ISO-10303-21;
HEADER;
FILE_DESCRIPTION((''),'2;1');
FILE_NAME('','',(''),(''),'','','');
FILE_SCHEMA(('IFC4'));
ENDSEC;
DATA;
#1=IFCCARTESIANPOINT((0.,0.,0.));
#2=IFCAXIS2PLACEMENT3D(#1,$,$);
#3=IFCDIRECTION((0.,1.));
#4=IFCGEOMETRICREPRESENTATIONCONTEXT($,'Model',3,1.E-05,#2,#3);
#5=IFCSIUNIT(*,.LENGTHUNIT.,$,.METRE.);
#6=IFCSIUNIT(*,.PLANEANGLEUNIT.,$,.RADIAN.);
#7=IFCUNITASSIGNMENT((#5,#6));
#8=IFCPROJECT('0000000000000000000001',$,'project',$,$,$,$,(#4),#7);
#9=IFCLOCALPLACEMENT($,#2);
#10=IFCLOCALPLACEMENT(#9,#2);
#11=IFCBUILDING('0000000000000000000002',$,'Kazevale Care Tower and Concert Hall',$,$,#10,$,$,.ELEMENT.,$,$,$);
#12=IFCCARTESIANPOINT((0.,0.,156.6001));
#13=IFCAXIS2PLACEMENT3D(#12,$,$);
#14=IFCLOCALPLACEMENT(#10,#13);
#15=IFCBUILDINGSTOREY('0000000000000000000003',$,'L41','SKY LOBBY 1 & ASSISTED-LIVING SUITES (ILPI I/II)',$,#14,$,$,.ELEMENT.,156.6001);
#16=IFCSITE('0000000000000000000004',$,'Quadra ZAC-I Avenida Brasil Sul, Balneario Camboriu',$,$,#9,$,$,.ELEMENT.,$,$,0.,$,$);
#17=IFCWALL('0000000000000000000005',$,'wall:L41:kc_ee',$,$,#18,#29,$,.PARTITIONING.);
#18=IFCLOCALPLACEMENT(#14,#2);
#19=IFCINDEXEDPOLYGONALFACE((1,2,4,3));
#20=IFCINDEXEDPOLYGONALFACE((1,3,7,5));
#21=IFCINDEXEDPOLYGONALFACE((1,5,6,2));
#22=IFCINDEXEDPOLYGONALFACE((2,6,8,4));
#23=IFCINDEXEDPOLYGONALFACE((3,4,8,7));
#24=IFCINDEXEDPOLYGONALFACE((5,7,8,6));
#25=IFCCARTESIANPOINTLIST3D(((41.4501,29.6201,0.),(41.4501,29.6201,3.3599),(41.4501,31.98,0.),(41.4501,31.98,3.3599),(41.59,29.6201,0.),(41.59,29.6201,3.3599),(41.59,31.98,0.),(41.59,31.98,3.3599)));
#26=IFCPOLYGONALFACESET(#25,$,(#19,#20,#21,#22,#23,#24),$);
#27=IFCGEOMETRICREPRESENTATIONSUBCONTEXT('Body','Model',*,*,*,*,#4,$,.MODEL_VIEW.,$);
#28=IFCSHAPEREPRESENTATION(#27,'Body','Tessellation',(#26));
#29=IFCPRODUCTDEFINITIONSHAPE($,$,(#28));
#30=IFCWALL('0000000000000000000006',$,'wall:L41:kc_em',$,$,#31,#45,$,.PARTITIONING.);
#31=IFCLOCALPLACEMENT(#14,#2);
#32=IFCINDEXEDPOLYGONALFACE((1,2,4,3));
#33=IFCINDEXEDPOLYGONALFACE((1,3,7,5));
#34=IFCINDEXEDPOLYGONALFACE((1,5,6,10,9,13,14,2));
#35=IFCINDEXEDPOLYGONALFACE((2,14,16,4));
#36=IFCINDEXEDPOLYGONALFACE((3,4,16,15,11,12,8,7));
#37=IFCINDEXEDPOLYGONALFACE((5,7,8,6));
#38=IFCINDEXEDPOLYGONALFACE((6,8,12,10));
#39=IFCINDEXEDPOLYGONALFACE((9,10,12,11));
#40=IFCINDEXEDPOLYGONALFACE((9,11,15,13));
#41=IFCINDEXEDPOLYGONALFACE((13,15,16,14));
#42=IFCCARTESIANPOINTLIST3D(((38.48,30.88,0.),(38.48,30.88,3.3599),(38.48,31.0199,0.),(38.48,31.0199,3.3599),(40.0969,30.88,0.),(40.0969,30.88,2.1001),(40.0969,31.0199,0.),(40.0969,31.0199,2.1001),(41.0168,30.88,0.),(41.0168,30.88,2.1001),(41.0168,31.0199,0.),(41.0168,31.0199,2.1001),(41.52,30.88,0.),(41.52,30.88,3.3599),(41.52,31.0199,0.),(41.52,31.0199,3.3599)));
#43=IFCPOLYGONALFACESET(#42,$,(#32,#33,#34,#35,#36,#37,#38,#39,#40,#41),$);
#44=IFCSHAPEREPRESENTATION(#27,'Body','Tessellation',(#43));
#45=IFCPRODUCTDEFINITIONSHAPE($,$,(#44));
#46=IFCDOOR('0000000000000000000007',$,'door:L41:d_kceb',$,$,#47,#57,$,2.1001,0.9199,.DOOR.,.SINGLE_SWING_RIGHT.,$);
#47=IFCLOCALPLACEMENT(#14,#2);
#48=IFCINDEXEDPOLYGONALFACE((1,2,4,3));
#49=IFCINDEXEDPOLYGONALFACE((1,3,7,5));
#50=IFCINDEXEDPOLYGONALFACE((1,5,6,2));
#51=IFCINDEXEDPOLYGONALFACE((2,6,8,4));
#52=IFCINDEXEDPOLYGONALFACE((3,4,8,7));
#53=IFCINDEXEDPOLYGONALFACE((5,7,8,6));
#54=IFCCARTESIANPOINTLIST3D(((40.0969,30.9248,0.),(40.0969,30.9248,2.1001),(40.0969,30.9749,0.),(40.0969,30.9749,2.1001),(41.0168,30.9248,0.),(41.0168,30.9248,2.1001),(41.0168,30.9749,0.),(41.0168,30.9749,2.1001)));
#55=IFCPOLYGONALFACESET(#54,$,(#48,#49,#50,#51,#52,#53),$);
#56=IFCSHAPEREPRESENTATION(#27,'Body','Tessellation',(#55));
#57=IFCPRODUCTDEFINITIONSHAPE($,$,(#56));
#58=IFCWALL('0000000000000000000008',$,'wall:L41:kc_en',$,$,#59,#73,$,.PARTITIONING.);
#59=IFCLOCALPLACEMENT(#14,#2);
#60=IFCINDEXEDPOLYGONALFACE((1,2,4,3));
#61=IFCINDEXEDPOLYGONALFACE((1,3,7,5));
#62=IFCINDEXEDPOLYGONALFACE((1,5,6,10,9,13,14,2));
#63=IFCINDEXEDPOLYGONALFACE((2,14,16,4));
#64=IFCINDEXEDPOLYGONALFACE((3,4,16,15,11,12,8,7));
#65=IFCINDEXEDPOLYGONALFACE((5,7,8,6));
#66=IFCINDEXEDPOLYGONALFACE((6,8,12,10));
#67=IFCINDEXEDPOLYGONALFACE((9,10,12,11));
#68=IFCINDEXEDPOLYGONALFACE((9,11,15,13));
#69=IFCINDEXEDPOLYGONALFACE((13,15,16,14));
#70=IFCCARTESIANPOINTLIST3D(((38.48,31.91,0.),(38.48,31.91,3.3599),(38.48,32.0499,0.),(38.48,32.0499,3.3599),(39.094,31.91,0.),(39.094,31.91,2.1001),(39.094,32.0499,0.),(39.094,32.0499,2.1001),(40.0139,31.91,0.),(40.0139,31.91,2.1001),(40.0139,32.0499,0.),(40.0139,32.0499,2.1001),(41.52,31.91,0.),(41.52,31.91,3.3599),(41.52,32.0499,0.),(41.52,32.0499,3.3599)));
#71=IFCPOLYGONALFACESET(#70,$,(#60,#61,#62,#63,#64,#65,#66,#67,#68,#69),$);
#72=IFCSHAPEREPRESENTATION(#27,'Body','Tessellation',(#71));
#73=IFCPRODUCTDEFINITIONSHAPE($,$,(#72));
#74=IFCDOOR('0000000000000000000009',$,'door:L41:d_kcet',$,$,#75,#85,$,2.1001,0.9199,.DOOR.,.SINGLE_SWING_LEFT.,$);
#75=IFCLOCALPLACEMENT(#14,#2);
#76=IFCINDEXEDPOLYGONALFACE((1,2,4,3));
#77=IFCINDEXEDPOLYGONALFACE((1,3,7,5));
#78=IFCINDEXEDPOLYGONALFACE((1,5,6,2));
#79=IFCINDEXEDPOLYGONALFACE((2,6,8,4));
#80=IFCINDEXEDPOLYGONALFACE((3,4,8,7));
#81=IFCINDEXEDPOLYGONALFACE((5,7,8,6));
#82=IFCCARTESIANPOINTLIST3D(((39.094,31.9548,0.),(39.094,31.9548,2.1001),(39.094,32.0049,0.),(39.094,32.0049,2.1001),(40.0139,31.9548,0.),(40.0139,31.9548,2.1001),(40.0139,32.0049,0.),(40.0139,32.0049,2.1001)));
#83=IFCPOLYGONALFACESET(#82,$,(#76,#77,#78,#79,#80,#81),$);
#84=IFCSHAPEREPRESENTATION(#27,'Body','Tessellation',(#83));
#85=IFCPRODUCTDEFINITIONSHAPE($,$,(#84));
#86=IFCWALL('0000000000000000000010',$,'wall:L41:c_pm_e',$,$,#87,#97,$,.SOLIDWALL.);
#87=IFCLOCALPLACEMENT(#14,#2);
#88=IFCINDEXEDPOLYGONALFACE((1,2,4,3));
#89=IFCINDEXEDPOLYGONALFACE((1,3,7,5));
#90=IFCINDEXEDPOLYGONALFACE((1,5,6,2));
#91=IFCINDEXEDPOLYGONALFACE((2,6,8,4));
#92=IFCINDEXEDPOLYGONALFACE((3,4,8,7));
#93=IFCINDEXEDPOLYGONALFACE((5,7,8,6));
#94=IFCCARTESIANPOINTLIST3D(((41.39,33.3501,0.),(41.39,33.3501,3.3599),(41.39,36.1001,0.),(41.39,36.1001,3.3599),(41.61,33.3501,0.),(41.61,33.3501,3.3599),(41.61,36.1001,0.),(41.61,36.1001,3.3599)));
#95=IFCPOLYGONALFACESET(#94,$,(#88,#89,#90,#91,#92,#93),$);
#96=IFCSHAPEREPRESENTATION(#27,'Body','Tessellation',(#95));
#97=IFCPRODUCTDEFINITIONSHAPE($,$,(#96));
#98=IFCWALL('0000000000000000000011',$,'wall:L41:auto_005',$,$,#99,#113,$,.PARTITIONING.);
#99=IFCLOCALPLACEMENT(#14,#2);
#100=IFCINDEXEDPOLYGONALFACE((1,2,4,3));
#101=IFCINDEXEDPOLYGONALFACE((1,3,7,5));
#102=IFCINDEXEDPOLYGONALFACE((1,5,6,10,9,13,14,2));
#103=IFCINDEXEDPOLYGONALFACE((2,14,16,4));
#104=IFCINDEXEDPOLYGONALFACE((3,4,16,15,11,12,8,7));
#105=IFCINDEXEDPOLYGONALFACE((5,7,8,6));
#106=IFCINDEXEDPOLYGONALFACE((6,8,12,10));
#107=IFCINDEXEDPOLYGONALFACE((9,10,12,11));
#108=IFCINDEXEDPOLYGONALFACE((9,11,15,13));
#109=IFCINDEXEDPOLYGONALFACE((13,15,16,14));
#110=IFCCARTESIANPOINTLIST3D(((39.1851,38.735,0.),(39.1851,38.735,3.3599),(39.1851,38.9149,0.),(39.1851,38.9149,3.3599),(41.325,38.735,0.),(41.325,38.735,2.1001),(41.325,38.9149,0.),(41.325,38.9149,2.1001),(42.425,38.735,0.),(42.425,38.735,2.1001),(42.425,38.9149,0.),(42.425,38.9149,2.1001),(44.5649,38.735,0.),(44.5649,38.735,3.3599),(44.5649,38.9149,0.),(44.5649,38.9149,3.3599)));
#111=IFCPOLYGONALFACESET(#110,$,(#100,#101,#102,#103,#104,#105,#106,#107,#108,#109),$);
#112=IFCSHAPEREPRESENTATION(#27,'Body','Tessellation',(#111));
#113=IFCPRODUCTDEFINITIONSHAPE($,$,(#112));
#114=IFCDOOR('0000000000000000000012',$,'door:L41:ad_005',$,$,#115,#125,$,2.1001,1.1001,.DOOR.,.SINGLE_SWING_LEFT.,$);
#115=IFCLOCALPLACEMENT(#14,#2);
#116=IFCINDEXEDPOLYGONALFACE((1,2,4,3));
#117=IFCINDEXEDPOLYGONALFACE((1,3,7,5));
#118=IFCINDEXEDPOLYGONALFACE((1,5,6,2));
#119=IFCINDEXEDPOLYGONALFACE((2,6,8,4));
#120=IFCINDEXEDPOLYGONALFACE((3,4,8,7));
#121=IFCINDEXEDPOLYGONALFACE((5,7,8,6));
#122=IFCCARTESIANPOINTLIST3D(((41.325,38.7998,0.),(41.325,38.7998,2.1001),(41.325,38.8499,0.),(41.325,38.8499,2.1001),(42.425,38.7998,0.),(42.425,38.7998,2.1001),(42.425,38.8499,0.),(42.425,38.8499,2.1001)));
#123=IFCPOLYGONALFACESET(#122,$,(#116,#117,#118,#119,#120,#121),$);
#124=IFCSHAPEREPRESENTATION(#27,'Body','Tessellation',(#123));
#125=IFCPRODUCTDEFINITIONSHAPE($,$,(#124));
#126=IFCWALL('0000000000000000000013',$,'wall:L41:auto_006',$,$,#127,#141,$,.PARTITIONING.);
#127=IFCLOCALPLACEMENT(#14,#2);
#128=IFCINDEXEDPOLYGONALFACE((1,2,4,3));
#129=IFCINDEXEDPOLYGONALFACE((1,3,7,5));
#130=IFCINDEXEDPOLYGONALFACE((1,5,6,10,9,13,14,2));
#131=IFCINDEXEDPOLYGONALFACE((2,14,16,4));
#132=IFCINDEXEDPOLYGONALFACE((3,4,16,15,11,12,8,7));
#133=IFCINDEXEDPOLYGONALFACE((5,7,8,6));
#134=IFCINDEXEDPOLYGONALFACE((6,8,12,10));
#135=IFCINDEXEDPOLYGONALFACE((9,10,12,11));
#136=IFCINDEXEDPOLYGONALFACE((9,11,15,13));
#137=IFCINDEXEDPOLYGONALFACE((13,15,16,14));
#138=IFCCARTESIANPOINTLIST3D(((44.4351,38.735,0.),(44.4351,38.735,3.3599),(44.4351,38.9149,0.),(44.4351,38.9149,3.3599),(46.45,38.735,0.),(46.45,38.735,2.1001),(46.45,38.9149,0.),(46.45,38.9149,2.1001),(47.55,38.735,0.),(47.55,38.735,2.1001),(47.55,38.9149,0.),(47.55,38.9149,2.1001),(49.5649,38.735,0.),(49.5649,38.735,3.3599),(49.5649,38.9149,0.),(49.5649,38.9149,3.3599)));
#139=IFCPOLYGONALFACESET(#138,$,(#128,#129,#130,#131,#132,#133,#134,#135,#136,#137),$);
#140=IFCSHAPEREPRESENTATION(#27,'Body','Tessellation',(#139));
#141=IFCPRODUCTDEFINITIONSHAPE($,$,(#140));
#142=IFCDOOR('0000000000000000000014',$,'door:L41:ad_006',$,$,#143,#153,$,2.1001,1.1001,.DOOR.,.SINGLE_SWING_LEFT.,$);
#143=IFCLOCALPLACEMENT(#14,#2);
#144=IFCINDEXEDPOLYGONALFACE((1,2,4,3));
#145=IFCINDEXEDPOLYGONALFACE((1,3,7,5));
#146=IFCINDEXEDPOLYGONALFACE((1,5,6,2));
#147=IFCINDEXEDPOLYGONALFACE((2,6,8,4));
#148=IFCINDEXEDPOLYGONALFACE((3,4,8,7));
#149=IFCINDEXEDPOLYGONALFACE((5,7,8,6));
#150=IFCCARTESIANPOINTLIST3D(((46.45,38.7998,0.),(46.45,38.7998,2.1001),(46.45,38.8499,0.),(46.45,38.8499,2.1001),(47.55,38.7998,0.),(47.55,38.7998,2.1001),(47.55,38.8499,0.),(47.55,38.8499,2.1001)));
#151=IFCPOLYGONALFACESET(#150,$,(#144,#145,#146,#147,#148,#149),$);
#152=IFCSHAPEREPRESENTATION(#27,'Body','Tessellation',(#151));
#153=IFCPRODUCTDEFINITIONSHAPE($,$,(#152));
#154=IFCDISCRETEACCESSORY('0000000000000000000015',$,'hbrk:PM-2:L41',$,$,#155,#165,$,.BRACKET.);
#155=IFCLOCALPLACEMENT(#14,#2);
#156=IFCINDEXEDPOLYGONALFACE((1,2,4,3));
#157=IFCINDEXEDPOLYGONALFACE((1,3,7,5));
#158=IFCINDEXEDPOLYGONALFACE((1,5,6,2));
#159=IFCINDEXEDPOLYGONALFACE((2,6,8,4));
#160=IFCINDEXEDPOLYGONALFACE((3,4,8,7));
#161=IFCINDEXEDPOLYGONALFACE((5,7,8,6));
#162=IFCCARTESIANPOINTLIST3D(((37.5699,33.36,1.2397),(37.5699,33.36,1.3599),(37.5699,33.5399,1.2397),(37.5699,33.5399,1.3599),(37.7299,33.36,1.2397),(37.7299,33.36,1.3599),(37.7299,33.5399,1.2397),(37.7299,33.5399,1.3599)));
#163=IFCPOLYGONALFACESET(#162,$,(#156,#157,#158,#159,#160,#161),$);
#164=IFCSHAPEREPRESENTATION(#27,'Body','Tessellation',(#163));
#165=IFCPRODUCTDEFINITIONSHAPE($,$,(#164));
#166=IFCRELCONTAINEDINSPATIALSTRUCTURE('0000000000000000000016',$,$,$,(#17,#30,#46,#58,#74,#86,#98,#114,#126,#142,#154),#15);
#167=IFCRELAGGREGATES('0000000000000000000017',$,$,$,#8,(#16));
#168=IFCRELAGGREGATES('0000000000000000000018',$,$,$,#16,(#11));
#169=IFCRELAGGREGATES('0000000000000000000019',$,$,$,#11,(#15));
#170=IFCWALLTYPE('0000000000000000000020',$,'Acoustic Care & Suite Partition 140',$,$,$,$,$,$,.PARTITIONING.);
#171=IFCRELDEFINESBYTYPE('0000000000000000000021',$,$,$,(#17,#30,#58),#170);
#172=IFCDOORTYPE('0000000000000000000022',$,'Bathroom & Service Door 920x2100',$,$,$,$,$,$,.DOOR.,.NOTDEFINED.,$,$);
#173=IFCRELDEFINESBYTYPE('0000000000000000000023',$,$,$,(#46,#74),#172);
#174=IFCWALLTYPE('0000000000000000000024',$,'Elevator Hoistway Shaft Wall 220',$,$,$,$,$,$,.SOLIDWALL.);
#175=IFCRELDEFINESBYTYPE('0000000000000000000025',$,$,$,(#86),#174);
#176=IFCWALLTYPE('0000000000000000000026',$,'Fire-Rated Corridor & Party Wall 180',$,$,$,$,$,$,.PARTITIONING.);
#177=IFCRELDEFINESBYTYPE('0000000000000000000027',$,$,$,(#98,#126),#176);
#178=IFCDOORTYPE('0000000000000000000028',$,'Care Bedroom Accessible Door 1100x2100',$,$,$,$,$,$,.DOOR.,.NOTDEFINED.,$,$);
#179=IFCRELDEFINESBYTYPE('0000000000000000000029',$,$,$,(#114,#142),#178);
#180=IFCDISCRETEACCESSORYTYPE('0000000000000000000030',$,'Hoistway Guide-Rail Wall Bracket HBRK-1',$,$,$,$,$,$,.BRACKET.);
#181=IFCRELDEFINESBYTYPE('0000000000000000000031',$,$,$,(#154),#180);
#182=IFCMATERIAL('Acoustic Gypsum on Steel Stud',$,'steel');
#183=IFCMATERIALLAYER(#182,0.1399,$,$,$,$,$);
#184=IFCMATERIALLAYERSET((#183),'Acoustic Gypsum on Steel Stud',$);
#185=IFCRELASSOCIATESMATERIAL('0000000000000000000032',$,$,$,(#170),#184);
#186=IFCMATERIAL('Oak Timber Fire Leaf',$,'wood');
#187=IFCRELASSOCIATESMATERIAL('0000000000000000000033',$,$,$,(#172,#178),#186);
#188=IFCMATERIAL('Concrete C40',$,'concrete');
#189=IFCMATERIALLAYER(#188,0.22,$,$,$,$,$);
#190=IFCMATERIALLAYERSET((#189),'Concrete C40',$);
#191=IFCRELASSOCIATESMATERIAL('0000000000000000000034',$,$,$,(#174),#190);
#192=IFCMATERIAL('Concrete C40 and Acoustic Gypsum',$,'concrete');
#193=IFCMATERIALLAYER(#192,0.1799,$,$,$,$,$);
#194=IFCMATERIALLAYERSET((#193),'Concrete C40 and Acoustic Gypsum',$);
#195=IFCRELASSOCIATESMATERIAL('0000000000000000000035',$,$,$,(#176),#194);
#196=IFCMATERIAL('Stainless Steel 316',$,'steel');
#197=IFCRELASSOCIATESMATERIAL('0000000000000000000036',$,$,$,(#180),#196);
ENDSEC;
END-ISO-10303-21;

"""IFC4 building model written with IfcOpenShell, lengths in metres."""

from ifc_helpers import new_model, si_unit, direction, frame, frame_2d, origin, origin_2d, place, context, subcontext, project, spatial, rectangle, extrude, material, layer, layer_set, type_object, element, fill, save


model = new_model("IFC4")

# Units and contexts
model_context = context("Model", 3, precision=1e-05, world=origin(), true_north=direction((0.0, 1.0)))
body_context = subcontext(model_context, "Body", "Model", "MODEL_VIEW")
ifc_project = project(units=[si_unit("LENGTHUNIT", "METRE"), si_unit("PLANEANGLEUNIT", "RADIAN")], contexts=[model_context])

# Site, building, storey
site_placement = place(None, origin())
site = spatial("IfcSite", under=ifc_project, at=site_placement, Name="Quadra ZAC-I Avenida Brasil Sul, Balneario Camboriu", CompositionType="ELEMENT", RefElevation=0.0)
building_placement = place(site_placement, origin())
building = spatial("IfcBuilding", under=site, at=building_placement, Name="Kazevale Care Tower and Concert Hall", CompositionType="ELEMENT")
storey_placement = place(building_placement, frame((0.0, 0.0, 156.6001)))
storey = spatial("IfcBuildingStorey", under=building, at=storey_placement, Name="L41", Description="SKY LOBBY 1 & ASSISTED-LIVING SUITES (ILPI I/II)", CompositionType="ELEMENT", Elevation=156.6001)

# Wall
ifc_material_1 = material(Name="Acoustic Gypsum on Steel Stud", Category="steel")
ifc_layer_1 = layer(ifc_material_1, 0.1399)
ifc_layer_set_1 = layer_set([ifc_layer_1], Name="Acoustic Gypsum on Steel Stud")
wall_type_1 = type_object("IfcWallType", Name="Acoustic Care & Suite Partition 140", PredefinedType="PARTITIONING", material=ifc_layer_set_1)
for number, where, z_axis, x_axis, name in (
    (1, (41.52, 29.6201, 0.0), (0.0, 0.0, 1.0), (0.0, 1.0, 0.0), "wall:L41:kc_ee"),
):
    element("IfcWall", number, at=place(storey_placement, frame(where, z_axis=z_axis, x_axis=x_axis)), inside=storey, type_object=wall_type_1, Name=name, PredefinedType="PARTITIONING", context=body_context, shape_type="SweptSolid", body=[
        extrude(rectangle(XDim=2.3599, YDim=0.1399, at=frame_2d((1.1799, 0.0))), origin(), (0.0, 0.0, 1.0), 3.3599),
    ])

# Walls, openings, doors
wall_1_placement = place(storey_placement, frame((38.48, 30.95, 0.0), z_axis=(0.0, 0.0, 1.0), x_axis=(1.0, 0.0, 0.0)))
wall_1 = element("IfcWall", 2, at=wall_1_placement, inside=storey, type_object=wall_type_1, Name="wall:L41:kc_em", PredefinedType="PARTITIONING", context=body_context, shape_type="SweptSolid", body=[
    extrude(rectangle(XDim=3.04, YDim=0.1399, at=frame_2d((1.52, 0.0))), origin(), (0.0, 0.0, 1.0), 3.3599),
])
opening_1_placement = place(wall_1_placement, frame((1.6169, 0.0, 0.0)))
opening_1 = element("IfcOpeningElement", 3, at=opening_1_placement, cuts=wall_1, PredefinedType="OPENING", context=body_context, shape_type="SweptSolid", body=[
    extrude(rectangle(XDim=0.9199, YDim=2.1001, at=frame_2d((0.46, 1.05))), frame((0.0, 0.0798, 0.0), z_axis=(0.0, -1.0, 0.0), x_axis=(1.0, 0.0, 0.0)), (0.0, 0.0, 1.0), 0.1599),
])
ifc_material_2 = material(Name="Oak Timber Fire Leaf", Category="wood")
door_type_1 = type_object("IfcDoorType", Name="Bathroom & Service Door 920x2100", OperationType="NOTDEFINED", PredefinedType="DOOR", material=ifc_material_2)
door_1_placement = place(opening_1_placement, origin())
door_1 = element("IfcDoor", 4, at=door_1_placement, inside=storey, type_object=door_type_1, Name="door:L41:d_kceb", OperationType="SINGLE_SWING_RIGHT", OverallHeight=2.1001, OverallWidth=0.9199, PredefinedType="DOOR", context=body_context, shape_type="SweptSolid", body=[
    extrude(rectangle(XDim=0.9199, YDim=2.1001, at=frame_2d((0.46, 1.05))), frame((0.0, 0.0249, 0.0), z_axis=(0.0, -1.0, 0.0), x_axis=(1.0, 0.0, 0.0)), (0.0, 0.0, 1.0), 0.05),
])
fill(opening_1, door_1)
wall_2_placement = place(storey_placement, frame((38.48, 31.98, 0.0), z_axis=(0.0, 0.0, 1.0), x_axis=(1.0, 0.0, 0.0)))
wall_2 = element("IfcWall", 5, at=wall_2_placement, inside=storey, type_object=wall_type_1, Name="wall:L41:kc_en", PredefinedType="PARTITIONING", context=body_context, shape_type="SweptSolid", body=[
    extrude(rectangle(XDim=3.04, YDim=0.1399, at=frame_2d((1.52, 0.0))), origin(), (0.0, 0.0, 1.0), 3.3599),
])
opening_2_placement = place(wall_2_placement, frame((0.614, 0.0, 0.0)))
opening_2 = element("IfcOpeningElement", 6, at=opening_2_placement, cuts=wall_2, PredefinedType="OPENING", context=body_context, shape_type="SweptSolid", body=[
    extrude(rectangle(XDim=0.9199, YDim=2.1001, at=frame_2d((0.46, 1.05))), frame((0.0, 0.0798, 0.0), z_axis=(0.0, -1.0, 0.0), x_axis=(1.0, 0.0, 0.0)), (0.0, 0.0, 1.0), 0.1599),
])
door_2_placement = place(opening_2_placement, origin())
door_2 = element("IfcDoor", 7, at=door_2_placement, inside=storey, type_object=door_type_1, Name="door:L41:d_kcet", OperationType="SINGLE_SWING_LEFT", OverallHeight=2.1001, OverallWidth=0.9199, PredefinedType="DOOR", context=body_context, shape_type="SweptSolid", body=[
    extrude(rectangle(XDim=0.9199, YDim=2.1001, at=frame_2d((0.46, 1.05))), frame((0.0, 0.0249, 0.0), z_axis=(0.0, -1.0, 0.0), x_axis=(1.0, 0.0, 0.0)), (0.0, 0.0, 1.0), 0.05),
])
fill(opening_2, door_2)

# Wall
ifc_material_3 = material(Name="Concrete C40", Category="concrete")
ifc_layer_2 = layer(ifc_material_3, 0.22)
ifc_layer_set_2 = layer_set([ifc_layer_2], Name="Concrete C40")
wall_type_2 = type_object("IfcWallType", Name="Elevator Hoistway Shaft Wall 220", PredefinedType="SOLIDWALL", material=ifc_layer_set_2)
wall_3_placement = place(storey_placement, frame((41.5, 33.3501, 0.0), z_axis=(0.0, 0.0, 1.0), x_axis=(0.0, 1.0, 0.0)))
element("IfcWall", 8, at=wall_3_placement, inside=storey, type_object=wall_type_2, Name="wall:L41:c_pm_e", PredefinedType="SOLIDWALL", context=body_context, shape_type="SweptSolid", body=[
    extrude(rectangle(XDim=2.75, YDim=0.22, at=frame_2d((1.375, 0.0))), origin(), (0.0, 0.0, 1.0), 3.3599),
])

# Walls, openings, doors
ifc_material_4 = material(Name="Concrete C40 and Acoustic Gypsum", Category="concrete")
ifc_layer_3 = layer(ifc_material_4, 0.1799)
ifc_layer_set_3 = layer_set([ifc_layer_3], Name="Concrete C40 and Acoustic Gypsum")
wall_type_3 = type_object("IfcWallType", Name="Fire-Rated Corridor & Party Wall 180", PredefinedType="PARTITIONING", material=ifc_layer_set_3)
wall_4_placement = place(storey_placement, frame((39.1851, 38.825, 0.0), z_axis=(0.0, 0.0, 1.0), x_axis=(1.0, 0.0, 0.0)))
wall_4 = element("IfcWall", 9, at=wall_4_placement, inside=storey, type_object=wall_type_3, Name="wall:L41:auto_005", PredefinedType="PARTITIONING", context=body_context, shape_type="SweptSolid", body=[
    extrude(rectangle(XDim=5.3799, YDim=0.1799, at=frame_2d((2.6899, 0.0))), origin(), (0.0, 0.0, 1.0), 3.3599),
])
opening_3_placement = place(wall_4_placement, frame((2.1399, 0.0, 0.0)))
opening_3 = element("IfcOpeningElement", 10, at=opening_3_placement, cuts=wall_4, PredefinedType="OPENING", context=body_context, shape_type="SweptSolid", body=[
    extrude(rectangle(XDim=1.1001, YDim=2.1001, at=frame_2d((0.55, 1.05))), frame((0.0, 0.0999, 0.0), z_axis=(0.0, -1.0, 0.0), x_axis=(1.0, 0.0, 0.0)), (0.0, 0.0, 1.0), 0.2),
])
door_type_2 = type_object("IfcDoorType", Name="Care Bedroom Accessible Door 1100x2100", OperationType="NOTDEFINED", PredefinedType="DOOR", material=ifc_material_2)
door_3_placement = place(opening_3_placement, origin())
door_3 = element("IfcDoor", 11, at=door_3_placement, inside=storey, type_object=door_type_2, Name="door:L41:ad_005", OperationType="SINGLE_SWING_LEFT", OverallHeight=2.1001, OverallWidth=1.1001, PredefinedType="DOOR", context=body_context, shape_type="SweptSolid", body=[
    extrude(rectangle(XDim=1.1001, YDim=2.1001, at=frame_2d((0.55, 1.05))), frame((0.0, 0.0249, 0.0), z_axis=(0.0, -1.0, 0.0), x_axis=(1.0, 0.0, 0.0)), (0.0, 0.0, 1.0), 0.05),
])
fill(opening_3, door_3)
wall_5_placement = place(storey_placement, frame((44.4351, 38.825, 0.0), z_axis=(0.0, 0.0, 1.0), x_axis=(1.0, 0.0, 0.0)))
wall_5 = element("IfcWall", 12, at=wall_5_placement, inside=storey, type_object=wall_type_3, Name="wall:L41:auto_006", PredefinedType="PARTITIONING", context=body_context, shape_type="SweptSolid", body=[
    extrude(rectangle(XDim=5.1299, YDim=0.1799, at=frame_2d((2.5649, 0.0))), origin(), (0.0, 0.0, 1.0), 3.3599),
])
opening_4_placement = place(wall_5_placement, frame((2.0149, 0.0, 0.0)))
opening_4 = element("IfcOpeningElement", 13, at=opening_4_placement, cuts=wall_5, PredefinedType="OPENING", context=body_context, shape_type="SweptSolid", body=[
    extrude(rectangle(XDim=1.1001, YDim=2.1001, at=frame_2d((0.55, 1.05))), frame((0.0, 0.0999, 0.0), z_axis=(0.0, -1.0, 0.0), x_axis=(1.0, 0.0, 0.0)), (0.0, 0.0, 1.0), 0.2),
])
door_4_placement = place(opening_4_placement, origin())
door_4 = element("IfcDoor", 14, at=door_4_placement, inside=storey, type_object=door_type_2, Name="door:L41:ad_006", OperationType="SINGLE_SWING_LEFT", OverallHeight=2.1001, OverallWidth=1.1001, PredefinedType="DOOR", context=body_context, shape_type="SweptSolid", body=[
    extrude(rectangle(XDim=1.1001, YDim=2.1001, at=frame_2d((0.55, 1.05))), frame((0.0, 0.0249, 0.0), z_axis=(0.0, -1.0, 0.0), x_axis=(1.0, 0.0, 0.0)), (0.0, 0.0, 1.0), 0.05),
])
fill(opening_4, door_4)

# Discrete accessory
ifc_material_5 = material(Name="Stainless Steel 316", Category="steel")
discrete_accessory_type = type_object("IfcDiscreteAccessoryType", Name="Hoistway Guide-Rail Wall Bracket HBRK-1", PredefinedType="BRACKET", material=ifc_material_5)
for number, where, z_axis, x_axis, name in (
    (15, (37.6499, 33.45, 1.2397), (0.0, 0.0, 1.0), (1.0, 0.0, 0.0), "hbrk:PM-2:L41"),
):
    element("IfcDiscreteAccessory", number, at=place(storey_placement, frame(where, z_axis=z_axis, x_axis=x_axis)), inside=storey, type_object=discrete_accessory_type, Name=name, PredefinedType="BRACKET", context=body_context, shape_type="SweptSolid", body=[
        extrude(rectangle(XDim=0.1599, YDim=0.1799, at=origin_2d()), origin(), (0.0, 0.0, 1.0), 0.1201),
    ])

save(model, "model.ifc")
